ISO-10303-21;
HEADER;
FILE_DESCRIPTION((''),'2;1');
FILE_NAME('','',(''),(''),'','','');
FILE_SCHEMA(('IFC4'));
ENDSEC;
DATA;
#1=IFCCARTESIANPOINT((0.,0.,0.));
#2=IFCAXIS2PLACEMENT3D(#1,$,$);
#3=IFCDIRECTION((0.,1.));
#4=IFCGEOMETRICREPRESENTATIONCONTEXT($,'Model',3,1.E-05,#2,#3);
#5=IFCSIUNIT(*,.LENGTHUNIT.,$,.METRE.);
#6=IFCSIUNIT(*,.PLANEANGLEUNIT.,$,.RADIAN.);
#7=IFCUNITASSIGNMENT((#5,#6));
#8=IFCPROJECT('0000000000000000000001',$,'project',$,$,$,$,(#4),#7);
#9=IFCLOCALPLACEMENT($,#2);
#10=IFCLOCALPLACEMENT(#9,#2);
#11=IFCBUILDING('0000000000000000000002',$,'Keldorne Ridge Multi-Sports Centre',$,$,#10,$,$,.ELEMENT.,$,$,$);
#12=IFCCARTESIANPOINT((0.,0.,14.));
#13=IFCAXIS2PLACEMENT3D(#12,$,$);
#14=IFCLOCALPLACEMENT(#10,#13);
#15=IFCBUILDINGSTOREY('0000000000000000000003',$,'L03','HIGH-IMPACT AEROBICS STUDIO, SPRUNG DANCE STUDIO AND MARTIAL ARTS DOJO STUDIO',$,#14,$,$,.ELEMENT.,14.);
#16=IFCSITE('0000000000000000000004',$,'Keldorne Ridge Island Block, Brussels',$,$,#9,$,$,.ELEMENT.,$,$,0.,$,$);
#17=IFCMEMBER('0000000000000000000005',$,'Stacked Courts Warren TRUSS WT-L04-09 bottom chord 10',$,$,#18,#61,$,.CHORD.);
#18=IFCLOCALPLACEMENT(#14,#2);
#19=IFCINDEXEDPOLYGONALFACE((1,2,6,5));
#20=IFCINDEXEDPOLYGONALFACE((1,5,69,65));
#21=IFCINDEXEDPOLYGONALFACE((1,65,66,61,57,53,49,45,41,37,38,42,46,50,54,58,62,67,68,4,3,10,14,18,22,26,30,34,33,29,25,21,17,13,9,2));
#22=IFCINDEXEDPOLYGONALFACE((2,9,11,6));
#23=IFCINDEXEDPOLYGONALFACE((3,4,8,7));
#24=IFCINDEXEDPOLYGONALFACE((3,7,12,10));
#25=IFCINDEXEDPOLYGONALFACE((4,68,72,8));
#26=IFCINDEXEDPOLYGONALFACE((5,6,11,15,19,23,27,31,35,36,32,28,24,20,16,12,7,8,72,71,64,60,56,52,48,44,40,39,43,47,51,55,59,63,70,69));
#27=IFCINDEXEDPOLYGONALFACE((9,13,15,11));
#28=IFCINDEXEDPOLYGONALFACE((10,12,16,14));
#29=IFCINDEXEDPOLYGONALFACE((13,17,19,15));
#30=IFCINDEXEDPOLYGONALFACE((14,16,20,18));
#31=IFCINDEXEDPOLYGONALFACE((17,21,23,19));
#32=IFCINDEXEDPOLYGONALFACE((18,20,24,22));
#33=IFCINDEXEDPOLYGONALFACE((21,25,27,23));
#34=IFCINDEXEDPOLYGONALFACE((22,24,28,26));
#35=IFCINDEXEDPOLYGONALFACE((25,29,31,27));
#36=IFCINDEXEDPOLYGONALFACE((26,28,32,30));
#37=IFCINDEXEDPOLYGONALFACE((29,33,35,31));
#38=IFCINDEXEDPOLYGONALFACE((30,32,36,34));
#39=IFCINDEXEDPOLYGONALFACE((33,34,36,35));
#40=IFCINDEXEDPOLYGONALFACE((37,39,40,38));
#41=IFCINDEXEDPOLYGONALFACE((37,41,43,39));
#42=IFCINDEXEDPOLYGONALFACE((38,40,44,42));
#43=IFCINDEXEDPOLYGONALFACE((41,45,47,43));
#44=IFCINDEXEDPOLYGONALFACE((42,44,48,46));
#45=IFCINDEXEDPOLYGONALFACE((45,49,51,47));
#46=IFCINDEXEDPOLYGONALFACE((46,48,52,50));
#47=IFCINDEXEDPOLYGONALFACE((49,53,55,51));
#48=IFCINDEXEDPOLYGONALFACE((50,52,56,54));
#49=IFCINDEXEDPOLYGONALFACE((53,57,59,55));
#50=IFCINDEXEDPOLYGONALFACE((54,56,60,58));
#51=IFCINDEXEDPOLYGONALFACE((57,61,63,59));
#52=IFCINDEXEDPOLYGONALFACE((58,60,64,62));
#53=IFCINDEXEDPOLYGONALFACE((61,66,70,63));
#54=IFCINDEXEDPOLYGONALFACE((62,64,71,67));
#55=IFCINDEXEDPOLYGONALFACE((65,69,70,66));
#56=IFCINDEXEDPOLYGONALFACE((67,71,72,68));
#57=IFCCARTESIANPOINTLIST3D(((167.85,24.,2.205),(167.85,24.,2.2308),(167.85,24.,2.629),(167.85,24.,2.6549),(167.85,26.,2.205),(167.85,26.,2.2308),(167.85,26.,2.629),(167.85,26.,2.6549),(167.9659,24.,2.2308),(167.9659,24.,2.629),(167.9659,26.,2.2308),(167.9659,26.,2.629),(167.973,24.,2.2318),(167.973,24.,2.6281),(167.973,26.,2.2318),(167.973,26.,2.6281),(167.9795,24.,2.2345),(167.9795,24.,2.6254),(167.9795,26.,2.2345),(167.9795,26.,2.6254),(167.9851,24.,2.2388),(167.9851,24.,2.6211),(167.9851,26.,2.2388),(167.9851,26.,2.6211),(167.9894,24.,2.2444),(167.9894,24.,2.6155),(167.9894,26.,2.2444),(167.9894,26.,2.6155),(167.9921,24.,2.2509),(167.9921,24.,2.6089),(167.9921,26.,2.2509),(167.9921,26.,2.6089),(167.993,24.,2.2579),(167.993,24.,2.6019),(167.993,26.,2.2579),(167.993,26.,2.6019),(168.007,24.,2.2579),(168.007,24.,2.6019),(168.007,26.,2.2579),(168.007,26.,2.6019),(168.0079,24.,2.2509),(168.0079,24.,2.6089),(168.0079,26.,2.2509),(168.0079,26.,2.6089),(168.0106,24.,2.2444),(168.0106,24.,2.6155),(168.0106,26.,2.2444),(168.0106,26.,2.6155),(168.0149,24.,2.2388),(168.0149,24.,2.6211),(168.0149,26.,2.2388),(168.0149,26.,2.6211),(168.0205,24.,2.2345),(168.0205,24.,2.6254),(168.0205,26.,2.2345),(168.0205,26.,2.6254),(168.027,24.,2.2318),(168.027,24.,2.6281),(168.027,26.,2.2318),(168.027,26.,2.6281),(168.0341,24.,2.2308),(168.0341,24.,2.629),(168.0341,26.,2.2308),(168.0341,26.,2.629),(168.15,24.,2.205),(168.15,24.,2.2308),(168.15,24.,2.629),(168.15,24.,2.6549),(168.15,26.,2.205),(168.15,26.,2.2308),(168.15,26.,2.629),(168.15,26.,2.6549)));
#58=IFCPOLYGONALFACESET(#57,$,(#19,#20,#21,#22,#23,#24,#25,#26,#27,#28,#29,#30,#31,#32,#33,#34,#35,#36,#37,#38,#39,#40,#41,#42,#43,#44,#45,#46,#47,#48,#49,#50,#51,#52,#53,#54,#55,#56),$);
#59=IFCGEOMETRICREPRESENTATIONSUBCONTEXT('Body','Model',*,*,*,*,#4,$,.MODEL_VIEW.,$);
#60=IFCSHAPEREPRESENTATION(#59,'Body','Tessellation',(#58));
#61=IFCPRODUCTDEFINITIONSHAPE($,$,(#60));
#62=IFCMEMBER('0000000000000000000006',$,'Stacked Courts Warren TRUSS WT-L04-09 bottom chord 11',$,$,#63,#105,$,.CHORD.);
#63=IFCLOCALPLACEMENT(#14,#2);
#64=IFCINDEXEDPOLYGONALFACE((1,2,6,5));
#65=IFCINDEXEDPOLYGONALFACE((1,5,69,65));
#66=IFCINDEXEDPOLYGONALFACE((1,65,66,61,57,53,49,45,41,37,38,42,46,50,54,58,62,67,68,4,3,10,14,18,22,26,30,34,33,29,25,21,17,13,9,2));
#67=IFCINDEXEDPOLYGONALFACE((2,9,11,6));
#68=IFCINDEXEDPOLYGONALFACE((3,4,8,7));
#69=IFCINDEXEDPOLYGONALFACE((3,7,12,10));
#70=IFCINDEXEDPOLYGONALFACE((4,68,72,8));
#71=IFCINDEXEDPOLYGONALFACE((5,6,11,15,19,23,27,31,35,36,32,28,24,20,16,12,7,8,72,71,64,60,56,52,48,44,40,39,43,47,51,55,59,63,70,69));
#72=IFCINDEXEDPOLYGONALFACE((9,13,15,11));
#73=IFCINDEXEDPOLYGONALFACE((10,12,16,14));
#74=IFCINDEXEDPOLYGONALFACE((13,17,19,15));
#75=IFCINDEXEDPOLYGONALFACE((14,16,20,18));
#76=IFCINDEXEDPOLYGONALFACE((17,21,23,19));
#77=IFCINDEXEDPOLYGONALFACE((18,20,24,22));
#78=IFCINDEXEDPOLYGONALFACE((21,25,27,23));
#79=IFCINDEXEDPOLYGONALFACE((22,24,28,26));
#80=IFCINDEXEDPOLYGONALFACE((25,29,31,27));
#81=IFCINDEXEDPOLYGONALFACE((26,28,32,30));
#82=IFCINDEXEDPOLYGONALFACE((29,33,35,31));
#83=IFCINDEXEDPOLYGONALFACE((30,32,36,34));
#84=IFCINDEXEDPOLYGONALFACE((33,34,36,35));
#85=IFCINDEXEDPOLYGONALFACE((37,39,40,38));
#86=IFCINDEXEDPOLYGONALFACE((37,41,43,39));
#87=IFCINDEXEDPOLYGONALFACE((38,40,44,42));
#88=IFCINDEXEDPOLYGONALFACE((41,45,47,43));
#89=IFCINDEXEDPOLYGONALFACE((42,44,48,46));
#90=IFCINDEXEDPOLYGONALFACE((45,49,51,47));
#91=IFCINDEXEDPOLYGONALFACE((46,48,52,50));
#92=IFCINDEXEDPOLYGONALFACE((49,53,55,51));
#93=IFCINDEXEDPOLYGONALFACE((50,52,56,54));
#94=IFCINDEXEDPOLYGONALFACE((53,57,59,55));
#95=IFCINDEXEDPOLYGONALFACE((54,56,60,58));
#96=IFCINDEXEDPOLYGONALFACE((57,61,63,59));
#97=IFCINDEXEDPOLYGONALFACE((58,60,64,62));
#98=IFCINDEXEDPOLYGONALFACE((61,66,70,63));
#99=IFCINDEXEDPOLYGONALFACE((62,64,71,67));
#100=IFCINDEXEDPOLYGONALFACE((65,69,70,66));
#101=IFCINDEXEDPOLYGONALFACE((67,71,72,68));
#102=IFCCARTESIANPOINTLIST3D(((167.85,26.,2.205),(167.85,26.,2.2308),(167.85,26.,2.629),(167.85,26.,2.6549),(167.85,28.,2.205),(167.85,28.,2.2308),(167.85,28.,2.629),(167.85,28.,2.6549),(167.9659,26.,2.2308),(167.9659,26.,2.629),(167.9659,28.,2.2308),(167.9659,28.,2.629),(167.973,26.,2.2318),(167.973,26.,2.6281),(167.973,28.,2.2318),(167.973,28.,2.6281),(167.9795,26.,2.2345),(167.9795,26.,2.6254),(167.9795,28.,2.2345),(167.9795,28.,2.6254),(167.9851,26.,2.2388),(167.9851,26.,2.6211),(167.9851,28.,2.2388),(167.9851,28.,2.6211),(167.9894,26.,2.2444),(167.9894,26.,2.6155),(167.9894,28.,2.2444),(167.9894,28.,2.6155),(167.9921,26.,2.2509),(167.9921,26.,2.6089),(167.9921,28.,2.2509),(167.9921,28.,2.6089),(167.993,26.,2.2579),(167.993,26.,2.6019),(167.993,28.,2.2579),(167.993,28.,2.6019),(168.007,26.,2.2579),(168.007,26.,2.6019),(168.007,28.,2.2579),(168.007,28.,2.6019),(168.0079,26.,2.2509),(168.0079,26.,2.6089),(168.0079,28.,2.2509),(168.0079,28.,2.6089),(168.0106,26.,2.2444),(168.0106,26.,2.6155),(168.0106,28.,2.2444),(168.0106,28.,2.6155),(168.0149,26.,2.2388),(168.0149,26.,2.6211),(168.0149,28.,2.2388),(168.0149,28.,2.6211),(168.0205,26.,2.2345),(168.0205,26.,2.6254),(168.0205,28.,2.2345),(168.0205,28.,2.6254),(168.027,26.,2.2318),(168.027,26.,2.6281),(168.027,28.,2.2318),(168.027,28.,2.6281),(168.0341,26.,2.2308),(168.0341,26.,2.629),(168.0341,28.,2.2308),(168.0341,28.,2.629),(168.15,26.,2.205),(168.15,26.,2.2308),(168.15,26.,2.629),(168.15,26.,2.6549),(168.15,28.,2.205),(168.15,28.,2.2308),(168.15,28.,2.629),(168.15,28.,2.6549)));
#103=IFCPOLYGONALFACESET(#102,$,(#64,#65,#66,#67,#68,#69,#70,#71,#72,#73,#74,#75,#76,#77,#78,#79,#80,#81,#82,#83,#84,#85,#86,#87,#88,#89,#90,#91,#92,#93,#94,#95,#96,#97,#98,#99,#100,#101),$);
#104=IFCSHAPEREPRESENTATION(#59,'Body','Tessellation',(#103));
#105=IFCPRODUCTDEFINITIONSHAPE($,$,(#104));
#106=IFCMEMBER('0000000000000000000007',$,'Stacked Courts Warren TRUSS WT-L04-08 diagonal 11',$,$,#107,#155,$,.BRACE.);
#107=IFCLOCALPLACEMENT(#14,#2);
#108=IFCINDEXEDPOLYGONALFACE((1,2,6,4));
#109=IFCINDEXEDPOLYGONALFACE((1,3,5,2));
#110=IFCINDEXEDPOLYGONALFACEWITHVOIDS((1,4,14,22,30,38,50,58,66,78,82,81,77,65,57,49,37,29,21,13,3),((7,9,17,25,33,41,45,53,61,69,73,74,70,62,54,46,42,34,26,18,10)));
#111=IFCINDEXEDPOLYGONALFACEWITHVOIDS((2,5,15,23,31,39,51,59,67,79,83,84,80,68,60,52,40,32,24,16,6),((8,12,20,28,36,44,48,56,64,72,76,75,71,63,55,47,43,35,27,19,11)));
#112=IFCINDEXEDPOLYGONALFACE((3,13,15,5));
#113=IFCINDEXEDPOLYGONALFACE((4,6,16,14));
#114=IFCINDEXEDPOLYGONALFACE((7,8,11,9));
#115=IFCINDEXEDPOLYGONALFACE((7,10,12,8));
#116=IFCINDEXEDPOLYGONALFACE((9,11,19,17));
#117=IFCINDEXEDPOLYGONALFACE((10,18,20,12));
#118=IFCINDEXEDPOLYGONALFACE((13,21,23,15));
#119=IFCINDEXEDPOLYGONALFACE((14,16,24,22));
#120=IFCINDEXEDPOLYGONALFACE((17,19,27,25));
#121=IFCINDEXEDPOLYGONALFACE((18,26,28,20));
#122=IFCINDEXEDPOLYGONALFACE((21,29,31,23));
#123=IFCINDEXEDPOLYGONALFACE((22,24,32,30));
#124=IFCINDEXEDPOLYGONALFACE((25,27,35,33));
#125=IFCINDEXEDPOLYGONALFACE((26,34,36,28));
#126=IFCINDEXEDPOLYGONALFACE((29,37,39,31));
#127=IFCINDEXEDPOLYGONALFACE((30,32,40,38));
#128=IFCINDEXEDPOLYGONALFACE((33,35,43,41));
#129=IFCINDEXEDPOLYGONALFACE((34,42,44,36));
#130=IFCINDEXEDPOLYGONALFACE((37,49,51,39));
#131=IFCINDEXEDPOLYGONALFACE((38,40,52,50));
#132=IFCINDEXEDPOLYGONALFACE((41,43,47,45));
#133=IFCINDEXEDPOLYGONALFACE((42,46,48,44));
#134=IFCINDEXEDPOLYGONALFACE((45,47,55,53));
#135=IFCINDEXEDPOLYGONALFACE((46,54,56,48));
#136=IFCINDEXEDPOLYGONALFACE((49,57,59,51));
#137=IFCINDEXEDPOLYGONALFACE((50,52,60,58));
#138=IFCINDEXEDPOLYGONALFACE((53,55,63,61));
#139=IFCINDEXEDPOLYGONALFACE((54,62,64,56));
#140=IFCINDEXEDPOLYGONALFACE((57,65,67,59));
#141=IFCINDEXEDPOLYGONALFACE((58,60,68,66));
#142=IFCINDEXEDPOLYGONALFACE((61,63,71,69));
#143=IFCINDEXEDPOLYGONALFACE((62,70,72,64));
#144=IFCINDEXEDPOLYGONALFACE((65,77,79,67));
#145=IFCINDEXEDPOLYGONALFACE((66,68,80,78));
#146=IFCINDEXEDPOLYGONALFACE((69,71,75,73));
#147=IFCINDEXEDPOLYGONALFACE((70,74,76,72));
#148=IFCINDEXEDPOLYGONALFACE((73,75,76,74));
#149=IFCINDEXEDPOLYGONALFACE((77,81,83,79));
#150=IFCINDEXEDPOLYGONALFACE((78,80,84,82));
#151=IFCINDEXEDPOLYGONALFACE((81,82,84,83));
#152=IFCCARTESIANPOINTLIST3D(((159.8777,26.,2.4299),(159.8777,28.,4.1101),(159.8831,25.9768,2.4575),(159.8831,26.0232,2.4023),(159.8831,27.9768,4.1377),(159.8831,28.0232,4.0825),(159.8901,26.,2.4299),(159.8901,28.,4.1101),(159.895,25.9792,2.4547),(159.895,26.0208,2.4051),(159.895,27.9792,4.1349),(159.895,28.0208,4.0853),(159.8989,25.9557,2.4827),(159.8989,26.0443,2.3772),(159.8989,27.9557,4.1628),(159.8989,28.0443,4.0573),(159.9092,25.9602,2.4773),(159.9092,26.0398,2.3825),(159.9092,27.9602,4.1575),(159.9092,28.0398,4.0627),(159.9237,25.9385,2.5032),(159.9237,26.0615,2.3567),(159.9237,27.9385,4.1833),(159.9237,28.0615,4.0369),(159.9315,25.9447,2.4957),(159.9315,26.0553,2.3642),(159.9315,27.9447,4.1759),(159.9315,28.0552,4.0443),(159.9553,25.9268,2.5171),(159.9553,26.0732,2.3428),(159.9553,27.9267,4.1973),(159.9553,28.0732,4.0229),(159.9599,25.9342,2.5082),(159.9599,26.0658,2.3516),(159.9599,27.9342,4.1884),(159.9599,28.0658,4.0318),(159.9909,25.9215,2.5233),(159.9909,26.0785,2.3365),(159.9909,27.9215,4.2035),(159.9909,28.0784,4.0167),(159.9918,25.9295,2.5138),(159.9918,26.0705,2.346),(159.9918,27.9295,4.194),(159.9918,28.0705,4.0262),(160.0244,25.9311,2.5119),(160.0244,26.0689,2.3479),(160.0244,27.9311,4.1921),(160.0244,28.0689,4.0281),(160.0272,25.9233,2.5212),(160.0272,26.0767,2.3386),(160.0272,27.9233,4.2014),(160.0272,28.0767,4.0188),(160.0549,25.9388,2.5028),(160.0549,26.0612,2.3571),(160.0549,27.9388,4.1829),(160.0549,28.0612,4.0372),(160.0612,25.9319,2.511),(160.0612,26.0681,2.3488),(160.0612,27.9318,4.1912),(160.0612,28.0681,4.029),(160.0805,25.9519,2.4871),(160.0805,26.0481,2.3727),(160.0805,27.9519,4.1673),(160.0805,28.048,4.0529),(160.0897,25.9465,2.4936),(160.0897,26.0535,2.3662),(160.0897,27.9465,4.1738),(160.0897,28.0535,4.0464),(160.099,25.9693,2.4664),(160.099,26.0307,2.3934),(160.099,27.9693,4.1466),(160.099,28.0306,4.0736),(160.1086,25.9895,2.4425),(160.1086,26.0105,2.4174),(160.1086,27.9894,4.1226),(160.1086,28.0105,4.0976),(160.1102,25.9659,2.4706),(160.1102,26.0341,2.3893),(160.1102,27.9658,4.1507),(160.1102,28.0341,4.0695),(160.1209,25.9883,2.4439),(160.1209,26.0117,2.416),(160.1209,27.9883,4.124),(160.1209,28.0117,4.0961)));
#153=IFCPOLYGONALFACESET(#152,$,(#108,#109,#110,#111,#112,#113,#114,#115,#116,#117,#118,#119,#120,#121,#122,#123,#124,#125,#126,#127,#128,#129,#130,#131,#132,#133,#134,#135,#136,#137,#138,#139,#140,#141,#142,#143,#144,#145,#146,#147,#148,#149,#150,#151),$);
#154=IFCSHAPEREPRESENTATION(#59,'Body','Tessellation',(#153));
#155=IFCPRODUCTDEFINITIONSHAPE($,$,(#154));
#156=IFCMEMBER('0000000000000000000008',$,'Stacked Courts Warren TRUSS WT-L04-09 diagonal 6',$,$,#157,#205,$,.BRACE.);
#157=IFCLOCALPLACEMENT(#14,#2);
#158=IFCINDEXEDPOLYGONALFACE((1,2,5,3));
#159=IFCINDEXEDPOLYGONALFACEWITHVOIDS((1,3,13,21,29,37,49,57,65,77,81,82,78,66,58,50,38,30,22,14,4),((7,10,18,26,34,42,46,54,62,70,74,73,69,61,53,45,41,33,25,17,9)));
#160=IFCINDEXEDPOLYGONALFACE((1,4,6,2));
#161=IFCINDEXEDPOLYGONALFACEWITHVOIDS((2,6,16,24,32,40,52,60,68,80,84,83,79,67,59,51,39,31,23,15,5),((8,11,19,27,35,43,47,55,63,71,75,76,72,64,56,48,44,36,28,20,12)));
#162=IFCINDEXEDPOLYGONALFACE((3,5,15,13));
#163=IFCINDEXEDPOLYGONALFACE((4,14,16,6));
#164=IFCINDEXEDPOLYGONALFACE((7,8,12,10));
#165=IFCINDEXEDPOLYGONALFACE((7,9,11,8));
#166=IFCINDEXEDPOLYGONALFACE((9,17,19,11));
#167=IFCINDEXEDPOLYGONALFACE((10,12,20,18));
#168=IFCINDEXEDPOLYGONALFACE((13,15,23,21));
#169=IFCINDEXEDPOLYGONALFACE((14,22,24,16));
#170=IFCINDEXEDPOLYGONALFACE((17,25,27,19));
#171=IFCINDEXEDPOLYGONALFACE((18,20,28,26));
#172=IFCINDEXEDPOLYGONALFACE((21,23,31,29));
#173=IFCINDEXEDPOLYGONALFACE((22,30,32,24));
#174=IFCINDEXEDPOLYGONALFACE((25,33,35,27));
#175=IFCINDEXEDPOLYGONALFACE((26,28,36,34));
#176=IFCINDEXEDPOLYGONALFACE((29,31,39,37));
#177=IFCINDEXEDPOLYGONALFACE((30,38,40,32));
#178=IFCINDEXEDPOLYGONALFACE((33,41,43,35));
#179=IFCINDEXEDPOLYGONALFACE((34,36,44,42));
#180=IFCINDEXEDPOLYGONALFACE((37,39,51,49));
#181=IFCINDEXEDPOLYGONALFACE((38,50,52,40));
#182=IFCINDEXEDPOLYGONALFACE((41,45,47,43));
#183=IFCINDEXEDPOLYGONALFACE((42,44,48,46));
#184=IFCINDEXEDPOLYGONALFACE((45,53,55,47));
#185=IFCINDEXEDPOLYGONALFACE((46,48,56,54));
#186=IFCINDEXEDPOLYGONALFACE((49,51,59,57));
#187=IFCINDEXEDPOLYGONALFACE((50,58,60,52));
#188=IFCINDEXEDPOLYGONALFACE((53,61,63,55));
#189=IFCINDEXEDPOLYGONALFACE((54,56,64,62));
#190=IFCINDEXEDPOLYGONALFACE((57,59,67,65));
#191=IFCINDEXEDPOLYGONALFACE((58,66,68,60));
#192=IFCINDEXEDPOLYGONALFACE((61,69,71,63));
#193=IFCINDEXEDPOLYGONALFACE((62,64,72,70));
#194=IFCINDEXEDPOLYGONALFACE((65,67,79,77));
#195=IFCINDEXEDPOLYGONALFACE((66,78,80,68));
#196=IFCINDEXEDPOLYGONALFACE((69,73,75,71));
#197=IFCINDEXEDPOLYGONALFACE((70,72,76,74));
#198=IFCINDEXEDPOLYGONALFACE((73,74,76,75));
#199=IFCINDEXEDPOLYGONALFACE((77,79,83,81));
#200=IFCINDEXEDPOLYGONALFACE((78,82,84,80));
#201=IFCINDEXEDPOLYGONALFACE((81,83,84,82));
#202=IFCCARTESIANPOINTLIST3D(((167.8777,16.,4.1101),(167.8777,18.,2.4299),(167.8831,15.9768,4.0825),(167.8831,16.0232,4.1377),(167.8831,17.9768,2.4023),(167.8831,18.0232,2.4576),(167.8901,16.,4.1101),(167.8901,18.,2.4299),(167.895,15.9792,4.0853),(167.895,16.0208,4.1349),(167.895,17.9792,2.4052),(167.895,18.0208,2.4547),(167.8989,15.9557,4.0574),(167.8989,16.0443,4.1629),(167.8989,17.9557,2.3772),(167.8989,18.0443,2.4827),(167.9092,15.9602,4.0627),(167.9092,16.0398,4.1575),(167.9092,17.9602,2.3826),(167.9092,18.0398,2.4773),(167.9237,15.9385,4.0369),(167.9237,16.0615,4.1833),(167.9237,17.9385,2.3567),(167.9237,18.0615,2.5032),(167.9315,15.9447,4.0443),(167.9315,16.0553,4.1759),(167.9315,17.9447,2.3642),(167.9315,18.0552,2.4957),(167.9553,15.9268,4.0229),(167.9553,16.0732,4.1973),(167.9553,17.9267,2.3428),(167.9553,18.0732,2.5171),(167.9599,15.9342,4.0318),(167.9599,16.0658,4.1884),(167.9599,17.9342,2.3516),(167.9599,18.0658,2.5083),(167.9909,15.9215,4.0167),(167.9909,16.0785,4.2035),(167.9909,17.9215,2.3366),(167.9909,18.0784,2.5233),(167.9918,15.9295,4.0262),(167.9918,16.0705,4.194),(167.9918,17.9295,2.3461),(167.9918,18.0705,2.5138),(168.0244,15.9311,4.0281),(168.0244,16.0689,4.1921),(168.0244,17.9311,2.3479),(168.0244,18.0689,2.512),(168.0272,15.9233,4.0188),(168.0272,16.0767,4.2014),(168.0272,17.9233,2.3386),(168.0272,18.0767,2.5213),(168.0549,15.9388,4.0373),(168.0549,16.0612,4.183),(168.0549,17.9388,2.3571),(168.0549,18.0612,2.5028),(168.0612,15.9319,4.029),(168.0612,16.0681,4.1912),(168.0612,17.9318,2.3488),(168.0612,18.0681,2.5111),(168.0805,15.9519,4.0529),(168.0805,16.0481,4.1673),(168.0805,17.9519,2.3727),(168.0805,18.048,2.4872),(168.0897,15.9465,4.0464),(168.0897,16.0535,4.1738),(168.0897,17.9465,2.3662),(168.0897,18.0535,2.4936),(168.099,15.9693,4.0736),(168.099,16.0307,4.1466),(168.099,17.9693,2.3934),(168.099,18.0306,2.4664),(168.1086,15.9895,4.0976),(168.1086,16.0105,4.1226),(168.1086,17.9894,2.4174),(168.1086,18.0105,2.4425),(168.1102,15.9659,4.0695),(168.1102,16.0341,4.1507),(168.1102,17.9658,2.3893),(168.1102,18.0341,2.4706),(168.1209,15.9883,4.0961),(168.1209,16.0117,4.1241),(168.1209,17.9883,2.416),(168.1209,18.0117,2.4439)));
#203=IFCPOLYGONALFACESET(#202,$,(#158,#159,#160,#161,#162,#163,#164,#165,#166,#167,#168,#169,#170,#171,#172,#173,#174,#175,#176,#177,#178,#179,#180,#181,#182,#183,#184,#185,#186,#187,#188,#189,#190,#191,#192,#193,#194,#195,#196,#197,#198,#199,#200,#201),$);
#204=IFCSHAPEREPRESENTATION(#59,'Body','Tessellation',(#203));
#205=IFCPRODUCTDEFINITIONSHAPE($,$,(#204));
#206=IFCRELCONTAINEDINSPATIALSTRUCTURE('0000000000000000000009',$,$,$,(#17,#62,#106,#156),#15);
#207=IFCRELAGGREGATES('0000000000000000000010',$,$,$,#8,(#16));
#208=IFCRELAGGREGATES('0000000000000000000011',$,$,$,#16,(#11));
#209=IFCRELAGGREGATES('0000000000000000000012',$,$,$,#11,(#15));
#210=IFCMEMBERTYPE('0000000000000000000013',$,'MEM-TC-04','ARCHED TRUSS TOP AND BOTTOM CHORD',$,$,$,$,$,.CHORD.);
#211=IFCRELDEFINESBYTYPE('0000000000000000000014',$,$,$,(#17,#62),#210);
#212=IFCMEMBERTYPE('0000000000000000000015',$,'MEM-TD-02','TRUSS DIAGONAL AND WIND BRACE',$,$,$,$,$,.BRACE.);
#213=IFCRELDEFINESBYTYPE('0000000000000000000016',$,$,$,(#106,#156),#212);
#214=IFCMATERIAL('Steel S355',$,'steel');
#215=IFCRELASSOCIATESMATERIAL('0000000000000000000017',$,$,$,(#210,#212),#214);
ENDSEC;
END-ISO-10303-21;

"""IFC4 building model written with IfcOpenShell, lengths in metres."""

from ifc_helpers import new_model, si_unit, direction, frame, origin, origin_2d, place, context, subcontext, project, spatial, hollow_circle, i_section, extrude, material, material_profile, profile_set, type_object, element, save


model = new_model("IFC4")

# Units and contexts
model_context = context("Model", 3, precision=1e-05, world=origin(), true_north=direction((0.0, 1.0)))
body_context = subcontext(model_context, "Body", "Model", "MODEL_VIEW")
ifc_project = project(units=[si_unit("LENGTHUNIT", "METRE"), si_unit("PLANEANGLEUNIT", "RADIAN")], contexts=[model_context])

# Site, building, storey
site_placement = place(None, origin())
site = spatial("IfcSite", under=ifc_project, at=site_placement, Name="Keldorne Ridge Island Block, Brussels", CompositionType="ELEMENT", RefElevation=0.0)
building_placement = place(site_placement, origin())
building = spatial("IfcBuilding", under=site, at=building_placement, Name="Keldorne Ridge Multi-Sports Centre", CompositionType="ELEMENT")
storey_placement = place(building_placement, frame((0.0, 0.0, 14.0)))
storey = spatial("IfcBuildingStorey", under=building, at=storey_placement, Name="L03", Description="HIGH-IMPACT AEROBICS STUDIO, SPRUNG DANCE STUDIO AND MARTIAL ARTS DOJO STUDIO", CompositionType="ELEMENT", Elevation=14.0)

# Shared definitions
ifc_material_1 = material(Name="Steel S355", Category="steel")

# Members
ifc_material_profile_1 = material_profile(ifc_material_1, i_section(OverallWidth=0.3, OverallDepth=0.45, WebThickness=0.0139, FlangeThickness=0.0259, FilletRadius=0.0271, at=origin_2d()), Name="HEB 450")
ifc_profile_set_1 = profile_set([ifc_material_profile_1], Name="Steel S355")
member_type_1 = type_object("IfcMemberType", Name="MEM-TC-04", Description="ARCHED TRUSS TOP AND BOTTOM CHORD", PredefinedType="CHORD", material=ifc_profile_set_1)
for number, where, z_axis, x_axis, name in (
    (1, (168.0, 24.0, 2.4299), (0.0, 1.0, 0.0), (-1.0, 0.0, 0.0), "Stacked Courts Warren TRUSS WT-L04-09 bottom chord 10"),
    (2, (168.0, 26.0, 2.4299), (0.0, 1.0, 0.0), (-1.0, 0.0, 0.0), "Stacked Courts Warren TRUSS WT-L04-09 bottom chord 11"),
):
    element("IfcMember", number, at=place(storey_placement, frame(where, z_axis=z_axis, x_axis=x_axis)), inside=storey, type_object=member_type_1, Name=name, PredefinedType="CHORD", context=body_context, shape_type="SweptSolid", body=[
        extrude(i_section(OverallWidth=0.3, OverallDepth=0.45, WebThickness=0.0139, FlangeThickness=0.0259, FilletRadius=0.0271, at=origin_2d()), origin(), (0.0, 0.0, 1.0), 2.0),
    ])
ifc_material_profile_2 = material_profile(ifc_material_1, hollow_circle(Radius=0.1223, WallThickness=0.0125, at=origin_2d()), Name="CHS 244.5x12.5")
ifc_profile_set_2 = profile_set([ifc_material_profile_2], Name="Steel S355")
member_type_2 = type_object("IfcMemberType", Name="MEM-TD-02", Description="TRUSS DIAGONAL AND WIND BRACE", PredefinedType="BRACE", material=ifc_profile_set_2)
for number, where, z_axis, x_axis, name in (
    (3, (160.0, 26.0, 2.4299), (0.0, 0.765672, 0.643232), (-1.0, 0.0, 0.0), "Stacked Courts Warren TRUSS WT-L04-08 diagonal 11"),
    (4, (168.0, 16.0, 4.1101), (0.0, 0.765672, -0.643232), (-1.0, 0.0, 0.0), "Stacked Courts Warren TRUSS WT-L04-09 diagonal 6"),
):
    element("IfcMember", number, at=place(storey_placement, frame(where, z_axis=z_axis, x_axis=x_axis)), inside=storey, type_object=member_type_2, Name=name, PredefinedType="BRACE", context=body_context, shape_type="SweptSolid", body=[
        extrude(hollow_circle(Radius=0.1223, WallThickness=0.0125, at=origin_2d()), origin(), (0.0, 0.0, 1.0), 2.6121),
    ])

save(model, "model.ifc")
